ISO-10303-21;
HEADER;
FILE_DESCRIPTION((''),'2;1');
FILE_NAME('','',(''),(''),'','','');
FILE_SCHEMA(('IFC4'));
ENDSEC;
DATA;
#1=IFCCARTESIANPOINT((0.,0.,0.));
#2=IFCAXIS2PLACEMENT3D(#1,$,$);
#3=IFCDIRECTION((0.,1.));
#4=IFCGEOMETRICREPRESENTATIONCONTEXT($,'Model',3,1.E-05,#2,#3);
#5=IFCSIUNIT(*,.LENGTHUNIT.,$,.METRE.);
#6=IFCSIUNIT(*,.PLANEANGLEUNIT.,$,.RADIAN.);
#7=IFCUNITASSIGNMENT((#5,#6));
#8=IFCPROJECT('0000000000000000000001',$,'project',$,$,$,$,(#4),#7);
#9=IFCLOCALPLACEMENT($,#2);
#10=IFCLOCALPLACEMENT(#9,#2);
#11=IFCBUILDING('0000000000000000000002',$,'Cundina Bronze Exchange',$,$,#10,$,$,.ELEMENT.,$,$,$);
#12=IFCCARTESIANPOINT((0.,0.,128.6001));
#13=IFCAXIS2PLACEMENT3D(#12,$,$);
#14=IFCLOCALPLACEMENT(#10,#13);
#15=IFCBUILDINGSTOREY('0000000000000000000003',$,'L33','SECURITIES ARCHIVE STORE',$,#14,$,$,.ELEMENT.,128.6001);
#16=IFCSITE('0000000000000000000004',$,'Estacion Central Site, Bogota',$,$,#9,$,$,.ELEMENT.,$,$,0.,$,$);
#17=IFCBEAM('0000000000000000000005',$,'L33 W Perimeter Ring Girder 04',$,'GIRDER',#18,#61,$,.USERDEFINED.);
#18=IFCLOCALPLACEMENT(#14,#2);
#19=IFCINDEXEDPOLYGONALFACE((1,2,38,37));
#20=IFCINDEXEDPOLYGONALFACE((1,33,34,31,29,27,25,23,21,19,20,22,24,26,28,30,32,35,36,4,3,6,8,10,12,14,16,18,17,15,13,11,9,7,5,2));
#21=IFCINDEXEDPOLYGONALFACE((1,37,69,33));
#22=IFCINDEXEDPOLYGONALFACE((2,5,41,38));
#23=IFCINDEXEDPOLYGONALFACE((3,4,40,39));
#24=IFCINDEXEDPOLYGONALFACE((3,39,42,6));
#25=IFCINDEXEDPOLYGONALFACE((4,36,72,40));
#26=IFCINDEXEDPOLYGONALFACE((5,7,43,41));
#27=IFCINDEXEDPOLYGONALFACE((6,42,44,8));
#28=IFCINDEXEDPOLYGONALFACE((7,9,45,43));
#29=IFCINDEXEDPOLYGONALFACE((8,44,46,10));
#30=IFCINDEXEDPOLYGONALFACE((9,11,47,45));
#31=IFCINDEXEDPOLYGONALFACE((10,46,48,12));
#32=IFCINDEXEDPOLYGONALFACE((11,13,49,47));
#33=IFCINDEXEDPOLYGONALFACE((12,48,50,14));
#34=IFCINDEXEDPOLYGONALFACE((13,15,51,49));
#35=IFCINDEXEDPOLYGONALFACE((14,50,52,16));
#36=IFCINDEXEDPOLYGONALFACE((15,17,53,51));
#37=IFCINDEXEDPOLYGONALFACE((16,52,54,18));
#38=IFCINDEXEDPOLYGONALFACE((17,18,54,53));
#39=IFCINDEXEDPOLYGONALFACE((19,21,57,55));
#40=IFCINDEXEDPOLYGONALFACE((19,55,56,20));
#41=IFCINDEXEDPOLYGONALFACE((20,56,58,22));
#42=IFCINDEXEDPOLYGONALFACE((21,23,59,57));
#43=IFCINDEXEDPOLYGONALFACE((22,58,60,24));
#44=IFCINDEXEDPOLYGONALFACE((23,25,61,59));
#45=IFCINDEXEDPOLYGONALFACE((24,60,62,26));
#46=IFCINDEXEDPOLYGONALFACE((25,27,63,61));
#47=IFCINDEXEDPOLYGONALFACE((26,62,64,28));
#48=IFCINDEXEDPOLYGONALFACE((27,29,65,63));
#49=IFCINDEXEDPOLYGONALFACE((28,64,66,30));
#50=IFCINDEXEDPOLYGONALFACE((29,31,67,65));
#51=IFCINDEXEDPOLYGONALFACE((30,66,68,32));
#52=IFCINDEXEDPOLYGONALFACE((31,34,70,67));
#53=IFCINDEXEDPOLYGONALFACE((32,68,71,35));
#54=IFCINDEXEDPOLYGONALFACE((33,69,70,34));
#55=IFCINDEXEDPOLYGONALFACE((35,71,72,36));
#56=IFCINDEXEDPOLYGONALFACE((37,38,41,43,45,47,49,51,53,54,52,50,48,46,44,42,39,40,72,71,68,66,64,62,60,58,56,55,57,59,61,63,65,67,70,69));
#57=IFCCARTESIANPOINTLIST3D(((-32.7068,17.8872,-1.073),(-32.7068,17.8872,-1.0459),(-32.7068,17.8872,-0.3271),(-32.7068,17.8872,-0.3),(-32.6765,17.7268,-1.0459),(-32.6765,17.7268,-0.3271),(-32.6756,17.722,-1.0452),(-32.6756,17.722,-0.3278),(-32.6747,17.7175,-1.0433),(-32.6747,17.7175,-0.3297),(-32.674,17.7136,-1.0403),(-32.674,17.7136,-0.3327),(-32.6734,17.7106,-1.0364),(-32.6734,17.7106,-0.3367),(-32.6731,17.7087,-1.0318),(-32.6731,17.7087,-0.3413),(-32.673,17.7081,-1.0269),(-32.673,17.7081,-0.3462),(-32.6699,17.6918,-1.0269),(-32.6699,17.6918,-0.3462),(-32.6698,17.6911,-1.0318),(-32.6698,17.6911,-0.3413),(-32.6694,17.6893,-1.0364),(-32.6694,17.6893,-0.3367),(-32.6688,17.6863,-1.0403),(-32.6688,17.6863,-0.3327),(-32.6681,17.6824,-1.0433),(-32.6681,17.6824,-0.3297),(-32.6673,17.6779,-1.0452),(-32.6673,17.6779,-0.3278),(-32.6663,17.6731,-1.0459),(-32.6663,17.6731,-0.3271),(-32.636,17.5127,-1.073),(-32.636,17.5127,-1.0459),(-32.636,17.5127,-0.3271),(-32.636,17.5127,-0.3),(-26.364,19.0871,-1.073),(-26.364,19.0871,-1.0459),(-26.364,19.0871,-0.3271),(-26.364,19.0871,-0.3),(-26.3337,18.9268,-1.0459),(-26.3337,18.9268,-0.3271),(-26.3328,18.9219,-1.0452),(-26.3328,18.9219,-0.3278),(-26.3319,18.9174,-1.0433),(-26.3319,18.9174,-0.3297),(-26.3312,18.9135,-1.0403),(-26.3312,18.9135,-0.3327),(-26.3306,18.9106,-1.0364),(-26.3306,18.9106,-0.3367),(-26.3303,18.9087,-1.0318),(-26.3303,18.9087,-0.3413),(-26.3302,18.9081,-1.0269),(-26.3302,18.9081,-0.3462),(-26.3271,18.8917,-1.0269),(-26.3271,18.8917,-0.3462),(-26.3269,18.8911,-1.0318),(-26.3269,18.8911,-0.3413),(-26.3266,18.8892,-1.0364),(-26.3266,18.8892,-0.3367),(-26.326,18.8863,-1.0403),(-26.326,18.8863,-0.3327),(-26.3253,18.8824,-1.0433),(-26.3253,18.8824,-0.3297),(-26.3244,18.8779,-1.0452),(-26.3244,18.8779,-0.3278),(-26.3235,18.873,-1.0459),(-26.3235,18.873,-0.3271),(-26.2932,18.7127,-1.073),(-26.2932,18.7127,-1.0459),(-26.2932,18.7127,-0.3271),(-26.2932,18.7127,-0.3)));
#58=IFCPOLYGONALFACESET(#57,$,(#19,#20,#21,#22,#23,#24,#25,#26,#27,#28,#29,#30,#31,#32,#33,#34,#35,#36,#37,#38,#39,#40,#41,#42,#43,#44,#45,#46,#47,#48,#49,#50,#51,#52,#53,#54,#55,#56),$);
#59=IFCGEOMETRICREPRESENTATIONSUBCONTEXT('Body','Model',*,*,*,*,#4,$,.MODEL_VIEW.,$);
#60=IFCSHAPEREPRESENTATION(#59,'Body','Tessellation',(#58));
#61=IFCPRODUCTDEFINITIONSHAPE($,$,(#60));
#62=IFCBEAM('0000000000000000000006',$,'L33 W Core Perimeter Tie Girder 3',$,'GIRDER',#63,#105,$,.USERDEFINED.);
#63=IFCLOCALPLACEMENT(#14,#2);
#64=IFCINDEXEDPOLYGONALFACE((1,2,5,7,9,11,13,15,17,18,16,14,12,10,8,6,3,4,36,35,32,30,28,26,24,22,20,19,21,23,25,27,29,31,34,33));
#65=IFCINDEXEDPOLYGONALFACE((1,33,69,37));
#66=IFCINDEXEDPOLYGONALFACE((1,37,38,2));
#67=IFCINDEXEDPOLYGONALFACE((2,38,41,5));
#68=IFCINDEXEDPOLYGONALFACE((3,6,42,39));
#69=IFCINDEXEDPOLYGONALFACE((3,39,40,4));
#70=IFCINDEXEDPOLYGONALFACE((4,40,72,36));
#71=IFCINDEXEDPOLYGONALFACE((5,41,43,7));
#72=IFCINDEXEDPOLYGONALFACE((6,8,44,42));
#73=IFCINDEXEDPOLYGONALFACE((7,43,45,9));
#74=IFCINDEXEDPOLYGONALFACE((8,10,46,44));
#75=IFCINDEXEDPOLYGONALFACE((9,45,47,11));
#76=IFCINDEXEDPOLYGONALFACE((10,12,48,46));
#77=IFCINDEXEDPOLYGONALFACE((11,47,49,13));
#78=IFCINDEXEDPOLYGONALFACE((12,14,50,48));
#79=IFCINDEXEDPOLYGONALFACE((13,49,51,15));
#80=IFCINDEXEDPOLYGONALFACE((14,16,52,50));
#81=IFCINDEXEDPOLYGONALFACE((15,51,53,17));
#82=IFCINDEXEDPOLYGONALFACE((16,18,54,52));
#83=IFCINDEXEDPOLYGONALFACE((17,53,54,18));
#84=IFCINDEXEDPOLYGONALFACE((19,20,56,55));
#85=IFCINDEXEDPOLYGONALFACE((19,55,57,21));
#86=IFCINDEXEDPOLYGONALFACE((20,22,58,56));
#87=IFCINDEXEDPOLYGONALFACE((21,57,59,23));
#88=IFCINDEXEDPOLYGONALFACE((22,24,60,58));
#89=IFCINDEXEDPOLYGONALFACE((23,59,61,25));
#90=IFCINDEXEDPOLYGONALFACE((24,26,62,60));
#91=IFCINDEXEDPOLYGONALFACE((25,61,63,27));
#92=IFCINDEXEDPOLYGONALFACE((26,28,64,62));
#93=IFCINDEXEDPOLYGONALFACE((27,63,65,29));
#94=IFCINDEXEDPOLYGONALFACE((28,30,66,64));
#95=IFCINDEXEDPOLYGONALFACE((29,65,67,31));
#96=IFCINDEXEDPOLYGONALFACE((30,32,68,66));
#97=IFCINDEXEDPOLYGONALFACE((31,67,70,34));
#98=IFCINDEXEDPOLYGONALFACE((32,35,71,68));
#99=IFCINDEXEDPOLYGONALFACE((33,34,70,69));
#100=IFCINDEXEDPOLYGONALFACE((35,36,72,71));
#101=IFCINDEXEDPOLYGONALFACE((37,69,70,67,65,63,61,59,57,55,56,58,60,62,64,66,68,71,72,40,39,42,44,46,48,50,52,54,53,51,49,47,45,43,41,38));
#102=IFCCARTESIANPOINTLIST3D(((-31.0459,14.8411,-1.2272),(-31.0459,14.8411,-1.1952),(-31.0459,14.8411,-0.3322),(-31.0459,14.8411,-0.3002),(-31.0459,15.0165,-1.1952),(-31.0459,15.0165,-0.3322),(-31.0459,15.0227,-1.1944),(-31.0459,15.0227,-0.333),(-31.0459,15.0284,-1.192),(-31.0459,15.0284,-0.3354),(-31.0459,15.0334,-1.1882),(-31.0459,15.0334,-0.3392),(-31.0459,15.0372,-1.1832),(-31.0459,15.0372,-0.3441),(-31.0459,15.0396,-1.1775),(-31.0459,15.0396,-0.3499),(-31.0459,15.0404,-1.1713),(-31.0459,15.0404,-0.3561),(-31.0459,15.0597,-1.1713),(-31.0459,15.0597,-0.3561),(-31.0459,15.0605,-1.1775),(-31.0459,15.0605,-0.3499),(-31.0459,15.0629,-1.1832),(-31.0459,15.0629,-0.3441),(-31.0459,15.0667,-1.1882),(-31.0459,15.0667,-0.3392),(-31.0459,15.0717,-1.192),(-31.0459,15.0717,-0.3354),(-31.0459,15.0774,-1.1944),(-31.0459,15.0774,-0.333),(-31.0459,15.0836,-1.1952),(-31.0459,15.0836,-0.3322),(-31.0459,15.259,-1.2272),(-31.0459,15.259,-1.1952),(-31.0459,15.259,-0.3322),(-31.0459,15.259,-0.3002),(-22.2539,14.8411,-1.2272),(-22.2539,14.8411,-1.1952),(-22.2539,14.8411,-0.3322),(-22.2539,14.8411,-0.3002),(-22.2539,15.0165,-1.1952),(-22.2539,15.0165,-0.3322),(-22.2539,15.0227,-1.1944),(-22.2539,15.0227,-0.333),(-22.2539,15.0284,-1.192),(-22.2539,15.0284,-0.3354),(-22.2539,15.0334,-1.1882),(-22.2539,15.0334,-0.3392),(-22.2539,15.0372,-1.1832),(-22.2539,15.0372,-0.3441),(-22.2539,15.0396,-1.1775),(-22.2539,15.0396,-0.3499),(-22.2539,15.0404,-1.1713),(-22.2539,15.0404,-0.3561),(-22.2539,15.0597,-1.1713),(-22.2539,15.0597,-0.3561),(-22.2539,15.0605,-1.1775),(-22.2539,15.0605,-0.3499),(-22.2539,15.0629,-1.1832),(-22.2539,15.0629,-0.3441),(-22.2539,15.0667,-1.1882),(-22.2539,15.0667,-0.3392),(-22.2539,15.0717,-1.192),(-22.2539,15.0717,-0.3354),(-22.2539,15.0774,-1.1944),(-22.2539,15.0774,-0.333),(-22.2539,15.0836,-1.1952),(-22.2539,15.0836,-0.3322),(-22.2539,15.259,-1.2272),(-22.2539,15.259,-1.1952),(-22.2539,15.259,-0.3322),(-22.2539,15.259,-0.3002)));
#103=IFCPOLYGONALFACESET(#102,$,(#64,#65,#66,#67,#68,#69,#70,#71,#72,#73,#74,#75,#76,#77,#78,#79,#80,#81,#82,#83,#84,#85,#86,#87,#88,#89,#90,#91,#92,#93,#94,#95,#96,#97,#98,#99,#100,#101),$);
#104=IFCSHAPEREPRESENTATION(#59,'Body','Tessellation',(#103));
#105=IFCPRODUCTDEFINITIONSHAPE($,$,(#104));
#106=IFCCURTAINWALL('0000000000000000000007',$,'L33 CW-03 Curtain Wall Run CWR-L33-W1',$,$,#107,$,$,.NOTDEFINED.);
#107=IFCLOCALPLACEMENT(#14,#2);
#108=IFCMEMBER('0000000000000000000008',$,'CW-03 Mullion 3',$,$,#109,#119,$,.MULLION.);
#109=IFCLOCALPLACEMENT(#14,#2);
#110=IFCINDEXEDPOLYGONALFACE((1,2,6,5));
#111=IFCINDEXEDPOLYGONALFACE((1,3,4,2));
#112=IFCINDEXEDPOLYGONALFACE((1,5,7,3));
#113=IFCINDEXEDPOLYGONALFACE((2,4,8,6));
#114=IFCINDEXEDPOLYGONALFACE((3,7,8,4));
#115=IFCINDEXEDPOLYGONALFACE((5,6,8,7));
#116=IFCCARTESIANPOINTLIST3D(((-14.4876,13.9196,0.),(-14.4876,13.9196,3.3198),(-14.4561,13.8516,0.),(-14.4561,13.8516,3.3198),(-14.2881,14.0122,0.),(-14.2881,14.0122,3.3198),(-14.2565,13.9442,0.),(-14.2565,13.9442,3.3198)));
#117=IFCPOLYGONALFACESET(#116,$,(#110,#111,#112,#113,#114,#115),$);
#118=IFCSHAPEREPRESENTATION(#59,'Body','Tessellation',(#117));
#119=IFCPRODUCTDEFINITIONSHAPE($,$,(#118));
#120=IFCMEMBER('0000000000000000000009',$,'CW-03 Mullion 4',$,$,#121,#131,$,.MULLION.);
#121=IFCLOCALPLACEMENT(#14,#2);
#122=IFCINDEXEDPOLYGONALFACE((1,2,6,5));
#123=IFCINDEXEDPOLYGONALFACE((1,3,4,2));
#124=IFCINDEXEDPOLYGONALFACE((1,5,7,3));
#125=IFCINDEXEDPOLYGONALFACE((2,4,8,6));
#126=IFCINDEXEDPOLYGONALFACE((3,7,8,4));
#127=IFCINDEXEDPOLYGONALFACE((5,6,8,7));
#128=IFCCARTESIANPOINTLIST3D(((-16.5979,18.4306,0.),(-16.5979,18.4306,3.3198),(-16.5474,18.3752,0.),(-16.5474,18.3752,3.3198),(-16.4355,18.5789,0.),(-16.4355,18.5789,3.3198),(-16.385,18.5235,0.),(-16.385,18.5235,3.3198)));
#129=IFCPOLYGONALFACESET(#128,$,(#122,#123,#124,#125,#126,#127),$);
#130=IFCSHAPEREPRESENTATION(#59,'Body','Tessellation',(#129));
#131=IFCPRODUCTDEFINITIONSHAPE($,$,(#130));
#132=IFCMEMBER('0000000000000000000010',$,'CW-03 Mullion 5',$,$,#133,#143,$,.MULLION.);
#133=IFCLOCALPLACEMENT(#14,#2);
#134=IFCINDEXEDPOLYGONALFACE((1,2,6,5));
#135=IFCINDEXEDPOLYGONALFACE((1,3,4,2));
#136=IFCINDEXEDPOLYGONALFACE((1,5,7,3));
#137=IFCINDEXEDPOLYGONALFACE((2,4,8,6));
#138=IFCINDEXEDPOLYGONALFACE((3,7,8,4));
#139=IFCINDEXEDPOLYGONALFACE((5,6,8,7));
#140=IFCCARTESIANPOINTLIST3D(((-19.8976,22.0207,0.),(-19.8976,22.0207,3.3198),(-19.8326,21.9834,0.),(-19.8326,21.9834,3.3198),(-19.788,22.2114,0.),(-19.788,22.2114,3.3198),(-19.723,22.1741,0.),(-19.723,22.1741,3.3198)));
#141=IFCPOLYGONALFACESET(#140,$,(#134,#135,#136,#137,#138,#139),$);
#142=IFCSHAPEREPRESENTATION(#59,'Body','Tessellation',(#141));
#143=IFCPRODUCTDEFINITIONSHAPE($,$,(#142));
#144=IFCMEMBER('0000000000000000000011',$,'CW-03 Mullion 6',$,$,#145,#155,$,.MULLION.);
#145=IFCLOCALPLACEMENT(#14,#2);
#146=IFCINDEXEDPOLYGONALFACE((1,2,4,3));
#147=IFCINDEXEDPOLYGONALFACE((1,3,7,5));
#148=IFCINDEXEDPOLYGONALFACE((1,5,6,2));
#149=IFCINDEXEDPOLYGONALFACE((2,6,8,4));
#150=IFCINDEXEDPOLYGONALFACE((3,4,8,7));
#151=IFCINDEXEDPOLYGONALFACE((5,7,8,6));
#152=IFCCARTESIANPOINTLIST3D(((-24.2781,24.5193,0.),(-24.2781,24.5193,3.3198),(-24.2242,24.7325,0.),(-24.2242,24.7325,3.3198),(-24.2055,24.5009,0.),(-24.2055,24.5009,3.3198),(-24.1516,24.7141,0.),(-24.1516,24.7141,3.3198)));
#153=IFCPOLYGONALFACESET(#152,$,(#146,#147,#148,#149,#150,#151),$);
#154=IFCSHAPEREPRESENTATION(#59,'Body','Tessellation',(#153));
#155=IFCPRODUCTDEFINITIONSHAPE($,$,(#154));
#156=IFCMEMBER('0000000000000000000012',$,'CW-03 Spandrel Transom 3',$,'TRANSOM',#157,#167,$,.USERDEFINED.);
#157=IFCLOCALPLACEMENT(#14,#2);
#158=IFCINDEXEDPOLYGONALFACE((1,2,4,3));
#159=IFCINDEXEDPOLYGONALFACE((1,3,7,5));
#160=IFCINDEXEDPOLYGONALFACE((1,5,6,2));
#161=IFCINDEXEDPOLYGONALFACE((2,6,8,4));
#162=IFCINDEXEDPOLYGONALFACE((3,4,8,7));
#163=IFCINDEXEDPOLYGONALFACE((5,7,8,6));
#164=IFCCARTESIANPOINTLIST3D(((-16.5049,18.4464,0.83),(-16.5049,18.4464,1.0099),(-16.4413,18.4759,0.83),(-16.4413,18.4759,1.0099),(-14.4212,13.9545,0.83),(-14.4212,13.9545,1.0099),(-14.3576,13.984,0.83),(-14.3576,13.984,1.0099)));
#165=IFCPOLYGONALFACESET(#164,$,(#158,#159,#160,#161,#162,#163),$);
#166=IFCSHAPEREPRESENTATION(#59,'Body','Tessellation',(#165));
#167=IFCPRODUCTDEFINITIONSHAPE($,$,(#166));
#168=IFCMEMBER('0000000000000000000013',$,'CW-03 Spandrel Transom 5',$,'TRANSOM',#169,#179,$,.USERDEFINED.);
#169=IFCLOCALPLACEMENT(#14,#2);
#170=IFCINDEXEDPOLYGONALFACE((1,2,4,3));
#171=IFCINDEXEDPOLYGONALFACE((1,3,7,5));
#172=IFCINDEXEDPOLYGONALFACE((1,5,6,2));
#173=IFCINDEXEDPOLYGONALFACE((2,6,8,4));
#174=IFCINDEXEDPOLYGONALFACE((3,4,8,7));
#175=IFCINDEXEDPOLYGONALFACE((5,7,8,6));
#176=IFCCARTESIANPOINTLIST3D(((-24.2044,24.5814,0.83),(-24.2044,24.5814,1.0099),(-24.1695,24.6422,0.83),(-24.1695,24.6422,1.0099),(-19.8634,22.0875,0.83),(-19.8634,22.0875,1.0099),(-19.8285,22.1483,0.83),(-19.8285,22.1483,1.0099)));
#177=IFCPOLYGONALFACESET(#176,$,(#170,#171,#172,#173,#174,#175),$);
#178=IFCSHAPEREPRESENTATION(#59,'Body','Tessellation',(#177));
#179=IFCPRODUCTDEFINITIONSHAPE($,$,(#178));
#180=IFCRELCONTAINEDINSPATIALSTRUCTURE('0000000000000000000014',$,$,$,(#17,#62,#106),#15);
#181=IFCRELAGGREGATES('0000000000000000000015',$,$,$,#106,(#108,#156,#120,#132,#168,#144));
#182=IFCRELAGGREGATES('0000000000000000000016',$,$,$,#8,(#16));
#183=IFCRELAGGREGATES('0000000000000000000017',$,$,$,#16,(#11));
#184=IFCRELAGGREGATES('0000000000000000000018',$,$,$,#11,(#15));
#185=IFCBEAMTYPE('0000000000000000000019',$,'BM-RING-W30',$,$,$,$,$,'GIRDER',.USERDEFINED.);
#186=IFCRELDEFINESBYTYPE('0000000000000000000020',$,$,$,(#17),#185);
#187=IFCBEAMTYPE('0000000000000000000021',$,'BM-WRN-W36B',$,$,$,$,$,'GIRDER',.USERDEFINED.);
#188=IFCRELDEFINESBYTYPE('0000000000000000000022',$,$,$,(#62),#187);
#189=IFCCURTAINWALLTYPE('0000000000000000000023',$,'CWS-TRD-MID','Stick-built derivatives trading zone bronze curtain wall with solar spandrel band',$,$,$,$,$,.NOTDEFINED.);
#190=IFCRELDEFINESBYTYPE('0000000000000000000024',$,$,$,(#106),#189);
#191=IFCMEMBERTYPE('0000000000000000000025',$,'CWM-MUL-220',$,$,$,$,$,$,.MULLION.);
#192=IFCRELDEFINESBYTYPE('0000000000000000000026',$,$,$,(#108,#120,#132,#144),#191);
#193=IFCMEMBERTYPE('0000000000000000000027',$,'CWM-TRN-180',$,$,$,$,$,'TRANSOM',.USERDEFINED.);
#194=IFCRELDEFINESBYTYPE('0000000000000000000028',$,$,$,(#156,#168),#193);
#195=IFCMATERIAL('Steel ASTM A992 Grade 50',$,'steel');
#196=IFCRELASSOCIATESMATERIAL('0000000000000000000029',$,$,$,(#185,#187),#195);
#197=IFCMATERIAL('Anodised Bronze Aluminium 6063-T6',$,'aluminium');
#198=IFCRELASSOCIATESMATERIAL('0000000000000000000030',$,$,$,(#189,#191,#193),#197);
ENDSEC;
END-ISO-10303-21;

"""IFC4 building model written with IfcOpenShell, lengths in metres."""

from ifc_helpers import new_model, si_unit, direction, frame, origin, origin_2d, place, context, subcontext, project, spatial, rectangle, i_section, extrude, material, material_profile, profile_set, type_object, element, aggregate, save


model = new_model("IFC4")

# Units and contexts
model_context = context("Model", 3, precision=1e-05, world=origin(), true_north=direction((0.0, 1.0)))
body_context = subcontext(model_context, "Body", "Model", "MODEL_VIEW")
ifc_project = project(units=[si_unit("LENGTHUNIT", "METRE"), si_unit("PLANEANGLEUNIT", "RADIAN")], contexts=[model_context])

# Site, building, storey
site_placement = place(None, origin())
site = spatial("IfcSite", under=ifc_project, at=site_placement, Name="Estacion Central Site, Bogota", CompositionType="ELEMENT", RefElevation=0.0)
building_placement = place(site_placement, origin())
building = spatial("IfcBuilding", under=site, at=building_placement, Name="Cundina Bronze Exchange", CompositionType="ELEMENT")
storey_placement = place(building_placement, frame((0.0, 0.0, 128.6001)))
storey = spatial("IfcBuildingStorey", under=building, at=storey_placement, Name="L33", Description="SECURITIES ARCHIVE STORE", CompositionType="ELEMENT", Elevation=128.6001)

# Shared definitions
ifc_material_1 = material(Name="Steel ASTM A992 Grade 50", Category="steel")

# Beams
ifc_material_profile_1 = material_profile(ifc_material_1, i_section(OverallWidth=0.3811, OverallDepth=0.7729, WebThickness=0.0166, FlangeThickness=0.0271, FilletRadius=0.019, at=origin_2d()), Name="W30X173", Category="steel")
ifc_profile_set_1 = profile_set([ifc_material_profile_1], Name="Steel ASTM A992 Grade 50")
beam_type_1 = type_object("IfcBeamType", Name="BM-RING-W30", ElementType="GIRDER", PredefinedType="USERDEFINED", material=ifc_profile_set_1)
beam_1_placement = place(storey_placement, frame((-26.3286, 18.8999, -0.6865), z_axis=(-0.982571, -0.185887, 0.0), x_axis=(0.185887, -0.982571, 0.0)))
element("IfcBeam", 1, at=beam_1_placement, inside=storey, type_object=beam_type_1, Name="L33 W Perimeter Ring Girder 04", ObjectType="GIRDER", PredefinedType="USERDEFINED", context=body_context, shape_type="SweptSolid", body=[
    extrude(i_section(OverallWidth=0.3811, OverallDepth=0.7729, WebThickness=0.0166, FlangeThickness=0.0271, FilletRadius=0.019, at=origin_2d()), origin(), (0.0, 0.0, 1.0), 6.4553),
])
ifc_material_profile_2 = material_profile(ifc_material_1, i_section(OverallWidth=0.418, OverallDepth=0.927, WebThickness=0.0193, FlangeThickness=0.032, FilletRadius=0.0239, at=origin_2d()), Name="W36X231", Category="steel")
ifc_profile_set_2 = profile_set([ifc_material_profile_2], Name="Steel ASTM A992 Grade 50")
beam_type_2 = type_object("IfcBeamType", Name="BM-WRN-W36B", ElementType="GIRDER", PredefinedType="USERDEFINED", material=ifc_profile_set_2)
beam_2_placement = place(storey_placement, frame((-22.2539, 15.05, -0.7637), z_axis=(-1.0, 0.0, 0.0), x_axis=(0.0, -1.0, 0.0)))
element("IfcBeam", 2, at=beam_2_placement, inside=storey, type_object=beam_type_2, Name="L33 W Core Perimeter Tie Girder 3", ObjectType="GIRDER", PredefinedType="USERDEFINED", context=body_context, shape_type="SweptSolid", body=[
    extrude(i_section(OverallWidth=0.418, OverallDepth=0.927, WebThickness=0.0193, FlangeThickness=0.032, FilletRadius=0.0239, at=origin_2d()), origin(), (0.0, 0.0, 1.0), 8.792),
])

# Curtain wall, members
ifc_material_2 = material(Name="Anodised Bronze Aluminium 6063-T6", Category="aluminium")
curtain_wall_type = type_object("IfcCurtainWallType", Name="CWS-TRD-MID", Description="Stick-built derivatives trading zone bronze curtain wall with solar spandrel band", PredefinedType="NOTDEFINED", material=ifc_material_2)
curtain_wall_placement = place(storey_placement, origin())
curtain_wall = element("IfcCurtainWall", 3, at=curtain_wall_placement, inside=storey, type_object=curtain_wall_type, Name="L33 CW-03 Curtain Wall Run CWR-L33-W1", PredefinedType="NOTDEFINED")
ifc_material_profile_3 = material_profile(ifc_material_2, rectangle(XDim=0.075, YDim=0.22, at=origin_2d()), Name="AL75X220", Category="aluminium")
ifc_profile_set_3 = profile_set([ifc_material_profile_3], Name="Anodised Bronze Aluminium 6063-T6")
member_type_1 = type_object("IfcMemberType", Name="CWM-MUL-220", PredefinedType="MULLION", material=ifc_profile_set_3)
member_1_placement = place(storey_placement, frame((-14.3721, 13.9319, 0.0), z_axis=(0.0, 0.0, 1.0), x_axis=(-0.420877, 0.907117, 0.0)))
member_1 = element("IfcMember", 4, at=member_1_placement, type_object=member_type_1, Name="CW-03 Mullion 3", PredefinedType="MULLION", context=body_context, shape_type="SweptSolid", body=[
    extrude(rectangle(XDim=0.075, YDim=0.22, at=origin_2d()), origin(), (0.0, 0.0, 1.0), 3.3198),
])
member_2_placement = place(storey_placement, frame((-16.4915, 18.4771, 0.0), z_axis=(0.0, 0.0, 1.0), x_axis=(-0.674302, 0.738455, 0.0)))
member_2 = element("IfcMember", 5, at=member_2_placement, type_object=member_type_1, Name="CW-03 Mullion 4", PredefinedType="MULLION", context=body_context, shape_type="SweptSolid", body=[
    extrude(rectangle(XDim=0.075, YDim=0.22, at=origin_2d()), origin(), (0.0, 0.0, 1.0), 3.3198),
])
member_3_placement = place(storey_placement, frame((-19.8103, 22.0974, 0.0), z_axis=(0.0, 0.0, 1.0), x_axis=(-0.867071, 0.498185, 0.0)))
member_3 = element("IfcMember", 6, at=member_3_placement, type_object=member_type_1, Name="CW-03 Mullion 5", PredefinedType="MULLION", context=body_context, shape_type="SweptSolid", body=[
    extrude(rectangle(XDim=0.075, YDim=0.22, at=origin_2d()), origin(), (0.0, 0.0, 1.0), 3.3198),
])
member_4_placement = place(storey_placement, frame((-24.2148, 24.6167, 0.0), z_axis=(0.0, 0.0, 1.0), x_axis=(-0.969488, 0.245138, 0.0)))
member_4 = element("IfcMember", 7, at=member_4_placement, type_object=member_type_1, Name="CW-03 Mullion 6", PredefinedType="MULLION", context=body_context, shape_type="SweptSolid", body=[
    extrude(rectangle(XDim=0.075, YDim=0.22, at=origin_2d()), origin(), (0.0, 0.0, 1.0), 3.3198),
])
ifc_material_profile_4 = material_profile(ifc_material_2, rectangle(XDim=0.0701, YDim=0.1799, at=origin_2d()), Name="AL70X180", Category="aluminium")
ifc_profile_set_4 = profile_set([ifc_material_profile_4], Name="Anodised Bronze Aluminium 6063-T6")
member_type_2 = type_object("IfcMemberType", Name="CWM-TRN-180", ElementType="TRANSOM", PredefinedType="USERDEFINED", material=ifc_profile_set_4)
member_5_placement = place(storey_placement, frame((-14.3894, 13.9692, 0.9199), z_axis=(-0.420811, 0.907148, 0.0), x_axis=(-0.907148, -0.420811, 0.0)))
member_5 = element("IfcMember", 8, at=member_5_placement, type_object=member_type_2, Name="CW-03 Spandrel Transom 3", ObjectType="TRANSOM", PredefinedType="USERDEFINED", context=body_context, shape_type="SweptSolid", body=[
    extrude(rectangle(XDim=0.0701, YDim=0.1799, at=origin_2d()), origin(), (0.0, 0.0, 1.0), 4.9517),
])
member_6_placement = place(storey_placement, frame((-19.8459, 22.1179, 0.9199), z_axis=(-0.867097, 0.498139, 0.0), x_axis=(-0.498139, -0.867097, 0.0)))
member_6 = element("IfcMember", 9, at=member_6_placement, type_object=member_type_2, Name="CW-03 Spandrel Transom 5", ObjectType="TRANSOM", PredefinedType="USERDEFINED", context=body_context, shape_type="SweptSolid", body=[
    extrude(rectangle(XDim=0.0701, YDim=0.1799, at=origin_2d()), origin(), (0.0, 0.0, 1.0), 5.0063),
])
aggregate(curtain_wall, [member_1, member_5, member_2, member_3, member_6, member_4])

save(model, "model.ifc")
